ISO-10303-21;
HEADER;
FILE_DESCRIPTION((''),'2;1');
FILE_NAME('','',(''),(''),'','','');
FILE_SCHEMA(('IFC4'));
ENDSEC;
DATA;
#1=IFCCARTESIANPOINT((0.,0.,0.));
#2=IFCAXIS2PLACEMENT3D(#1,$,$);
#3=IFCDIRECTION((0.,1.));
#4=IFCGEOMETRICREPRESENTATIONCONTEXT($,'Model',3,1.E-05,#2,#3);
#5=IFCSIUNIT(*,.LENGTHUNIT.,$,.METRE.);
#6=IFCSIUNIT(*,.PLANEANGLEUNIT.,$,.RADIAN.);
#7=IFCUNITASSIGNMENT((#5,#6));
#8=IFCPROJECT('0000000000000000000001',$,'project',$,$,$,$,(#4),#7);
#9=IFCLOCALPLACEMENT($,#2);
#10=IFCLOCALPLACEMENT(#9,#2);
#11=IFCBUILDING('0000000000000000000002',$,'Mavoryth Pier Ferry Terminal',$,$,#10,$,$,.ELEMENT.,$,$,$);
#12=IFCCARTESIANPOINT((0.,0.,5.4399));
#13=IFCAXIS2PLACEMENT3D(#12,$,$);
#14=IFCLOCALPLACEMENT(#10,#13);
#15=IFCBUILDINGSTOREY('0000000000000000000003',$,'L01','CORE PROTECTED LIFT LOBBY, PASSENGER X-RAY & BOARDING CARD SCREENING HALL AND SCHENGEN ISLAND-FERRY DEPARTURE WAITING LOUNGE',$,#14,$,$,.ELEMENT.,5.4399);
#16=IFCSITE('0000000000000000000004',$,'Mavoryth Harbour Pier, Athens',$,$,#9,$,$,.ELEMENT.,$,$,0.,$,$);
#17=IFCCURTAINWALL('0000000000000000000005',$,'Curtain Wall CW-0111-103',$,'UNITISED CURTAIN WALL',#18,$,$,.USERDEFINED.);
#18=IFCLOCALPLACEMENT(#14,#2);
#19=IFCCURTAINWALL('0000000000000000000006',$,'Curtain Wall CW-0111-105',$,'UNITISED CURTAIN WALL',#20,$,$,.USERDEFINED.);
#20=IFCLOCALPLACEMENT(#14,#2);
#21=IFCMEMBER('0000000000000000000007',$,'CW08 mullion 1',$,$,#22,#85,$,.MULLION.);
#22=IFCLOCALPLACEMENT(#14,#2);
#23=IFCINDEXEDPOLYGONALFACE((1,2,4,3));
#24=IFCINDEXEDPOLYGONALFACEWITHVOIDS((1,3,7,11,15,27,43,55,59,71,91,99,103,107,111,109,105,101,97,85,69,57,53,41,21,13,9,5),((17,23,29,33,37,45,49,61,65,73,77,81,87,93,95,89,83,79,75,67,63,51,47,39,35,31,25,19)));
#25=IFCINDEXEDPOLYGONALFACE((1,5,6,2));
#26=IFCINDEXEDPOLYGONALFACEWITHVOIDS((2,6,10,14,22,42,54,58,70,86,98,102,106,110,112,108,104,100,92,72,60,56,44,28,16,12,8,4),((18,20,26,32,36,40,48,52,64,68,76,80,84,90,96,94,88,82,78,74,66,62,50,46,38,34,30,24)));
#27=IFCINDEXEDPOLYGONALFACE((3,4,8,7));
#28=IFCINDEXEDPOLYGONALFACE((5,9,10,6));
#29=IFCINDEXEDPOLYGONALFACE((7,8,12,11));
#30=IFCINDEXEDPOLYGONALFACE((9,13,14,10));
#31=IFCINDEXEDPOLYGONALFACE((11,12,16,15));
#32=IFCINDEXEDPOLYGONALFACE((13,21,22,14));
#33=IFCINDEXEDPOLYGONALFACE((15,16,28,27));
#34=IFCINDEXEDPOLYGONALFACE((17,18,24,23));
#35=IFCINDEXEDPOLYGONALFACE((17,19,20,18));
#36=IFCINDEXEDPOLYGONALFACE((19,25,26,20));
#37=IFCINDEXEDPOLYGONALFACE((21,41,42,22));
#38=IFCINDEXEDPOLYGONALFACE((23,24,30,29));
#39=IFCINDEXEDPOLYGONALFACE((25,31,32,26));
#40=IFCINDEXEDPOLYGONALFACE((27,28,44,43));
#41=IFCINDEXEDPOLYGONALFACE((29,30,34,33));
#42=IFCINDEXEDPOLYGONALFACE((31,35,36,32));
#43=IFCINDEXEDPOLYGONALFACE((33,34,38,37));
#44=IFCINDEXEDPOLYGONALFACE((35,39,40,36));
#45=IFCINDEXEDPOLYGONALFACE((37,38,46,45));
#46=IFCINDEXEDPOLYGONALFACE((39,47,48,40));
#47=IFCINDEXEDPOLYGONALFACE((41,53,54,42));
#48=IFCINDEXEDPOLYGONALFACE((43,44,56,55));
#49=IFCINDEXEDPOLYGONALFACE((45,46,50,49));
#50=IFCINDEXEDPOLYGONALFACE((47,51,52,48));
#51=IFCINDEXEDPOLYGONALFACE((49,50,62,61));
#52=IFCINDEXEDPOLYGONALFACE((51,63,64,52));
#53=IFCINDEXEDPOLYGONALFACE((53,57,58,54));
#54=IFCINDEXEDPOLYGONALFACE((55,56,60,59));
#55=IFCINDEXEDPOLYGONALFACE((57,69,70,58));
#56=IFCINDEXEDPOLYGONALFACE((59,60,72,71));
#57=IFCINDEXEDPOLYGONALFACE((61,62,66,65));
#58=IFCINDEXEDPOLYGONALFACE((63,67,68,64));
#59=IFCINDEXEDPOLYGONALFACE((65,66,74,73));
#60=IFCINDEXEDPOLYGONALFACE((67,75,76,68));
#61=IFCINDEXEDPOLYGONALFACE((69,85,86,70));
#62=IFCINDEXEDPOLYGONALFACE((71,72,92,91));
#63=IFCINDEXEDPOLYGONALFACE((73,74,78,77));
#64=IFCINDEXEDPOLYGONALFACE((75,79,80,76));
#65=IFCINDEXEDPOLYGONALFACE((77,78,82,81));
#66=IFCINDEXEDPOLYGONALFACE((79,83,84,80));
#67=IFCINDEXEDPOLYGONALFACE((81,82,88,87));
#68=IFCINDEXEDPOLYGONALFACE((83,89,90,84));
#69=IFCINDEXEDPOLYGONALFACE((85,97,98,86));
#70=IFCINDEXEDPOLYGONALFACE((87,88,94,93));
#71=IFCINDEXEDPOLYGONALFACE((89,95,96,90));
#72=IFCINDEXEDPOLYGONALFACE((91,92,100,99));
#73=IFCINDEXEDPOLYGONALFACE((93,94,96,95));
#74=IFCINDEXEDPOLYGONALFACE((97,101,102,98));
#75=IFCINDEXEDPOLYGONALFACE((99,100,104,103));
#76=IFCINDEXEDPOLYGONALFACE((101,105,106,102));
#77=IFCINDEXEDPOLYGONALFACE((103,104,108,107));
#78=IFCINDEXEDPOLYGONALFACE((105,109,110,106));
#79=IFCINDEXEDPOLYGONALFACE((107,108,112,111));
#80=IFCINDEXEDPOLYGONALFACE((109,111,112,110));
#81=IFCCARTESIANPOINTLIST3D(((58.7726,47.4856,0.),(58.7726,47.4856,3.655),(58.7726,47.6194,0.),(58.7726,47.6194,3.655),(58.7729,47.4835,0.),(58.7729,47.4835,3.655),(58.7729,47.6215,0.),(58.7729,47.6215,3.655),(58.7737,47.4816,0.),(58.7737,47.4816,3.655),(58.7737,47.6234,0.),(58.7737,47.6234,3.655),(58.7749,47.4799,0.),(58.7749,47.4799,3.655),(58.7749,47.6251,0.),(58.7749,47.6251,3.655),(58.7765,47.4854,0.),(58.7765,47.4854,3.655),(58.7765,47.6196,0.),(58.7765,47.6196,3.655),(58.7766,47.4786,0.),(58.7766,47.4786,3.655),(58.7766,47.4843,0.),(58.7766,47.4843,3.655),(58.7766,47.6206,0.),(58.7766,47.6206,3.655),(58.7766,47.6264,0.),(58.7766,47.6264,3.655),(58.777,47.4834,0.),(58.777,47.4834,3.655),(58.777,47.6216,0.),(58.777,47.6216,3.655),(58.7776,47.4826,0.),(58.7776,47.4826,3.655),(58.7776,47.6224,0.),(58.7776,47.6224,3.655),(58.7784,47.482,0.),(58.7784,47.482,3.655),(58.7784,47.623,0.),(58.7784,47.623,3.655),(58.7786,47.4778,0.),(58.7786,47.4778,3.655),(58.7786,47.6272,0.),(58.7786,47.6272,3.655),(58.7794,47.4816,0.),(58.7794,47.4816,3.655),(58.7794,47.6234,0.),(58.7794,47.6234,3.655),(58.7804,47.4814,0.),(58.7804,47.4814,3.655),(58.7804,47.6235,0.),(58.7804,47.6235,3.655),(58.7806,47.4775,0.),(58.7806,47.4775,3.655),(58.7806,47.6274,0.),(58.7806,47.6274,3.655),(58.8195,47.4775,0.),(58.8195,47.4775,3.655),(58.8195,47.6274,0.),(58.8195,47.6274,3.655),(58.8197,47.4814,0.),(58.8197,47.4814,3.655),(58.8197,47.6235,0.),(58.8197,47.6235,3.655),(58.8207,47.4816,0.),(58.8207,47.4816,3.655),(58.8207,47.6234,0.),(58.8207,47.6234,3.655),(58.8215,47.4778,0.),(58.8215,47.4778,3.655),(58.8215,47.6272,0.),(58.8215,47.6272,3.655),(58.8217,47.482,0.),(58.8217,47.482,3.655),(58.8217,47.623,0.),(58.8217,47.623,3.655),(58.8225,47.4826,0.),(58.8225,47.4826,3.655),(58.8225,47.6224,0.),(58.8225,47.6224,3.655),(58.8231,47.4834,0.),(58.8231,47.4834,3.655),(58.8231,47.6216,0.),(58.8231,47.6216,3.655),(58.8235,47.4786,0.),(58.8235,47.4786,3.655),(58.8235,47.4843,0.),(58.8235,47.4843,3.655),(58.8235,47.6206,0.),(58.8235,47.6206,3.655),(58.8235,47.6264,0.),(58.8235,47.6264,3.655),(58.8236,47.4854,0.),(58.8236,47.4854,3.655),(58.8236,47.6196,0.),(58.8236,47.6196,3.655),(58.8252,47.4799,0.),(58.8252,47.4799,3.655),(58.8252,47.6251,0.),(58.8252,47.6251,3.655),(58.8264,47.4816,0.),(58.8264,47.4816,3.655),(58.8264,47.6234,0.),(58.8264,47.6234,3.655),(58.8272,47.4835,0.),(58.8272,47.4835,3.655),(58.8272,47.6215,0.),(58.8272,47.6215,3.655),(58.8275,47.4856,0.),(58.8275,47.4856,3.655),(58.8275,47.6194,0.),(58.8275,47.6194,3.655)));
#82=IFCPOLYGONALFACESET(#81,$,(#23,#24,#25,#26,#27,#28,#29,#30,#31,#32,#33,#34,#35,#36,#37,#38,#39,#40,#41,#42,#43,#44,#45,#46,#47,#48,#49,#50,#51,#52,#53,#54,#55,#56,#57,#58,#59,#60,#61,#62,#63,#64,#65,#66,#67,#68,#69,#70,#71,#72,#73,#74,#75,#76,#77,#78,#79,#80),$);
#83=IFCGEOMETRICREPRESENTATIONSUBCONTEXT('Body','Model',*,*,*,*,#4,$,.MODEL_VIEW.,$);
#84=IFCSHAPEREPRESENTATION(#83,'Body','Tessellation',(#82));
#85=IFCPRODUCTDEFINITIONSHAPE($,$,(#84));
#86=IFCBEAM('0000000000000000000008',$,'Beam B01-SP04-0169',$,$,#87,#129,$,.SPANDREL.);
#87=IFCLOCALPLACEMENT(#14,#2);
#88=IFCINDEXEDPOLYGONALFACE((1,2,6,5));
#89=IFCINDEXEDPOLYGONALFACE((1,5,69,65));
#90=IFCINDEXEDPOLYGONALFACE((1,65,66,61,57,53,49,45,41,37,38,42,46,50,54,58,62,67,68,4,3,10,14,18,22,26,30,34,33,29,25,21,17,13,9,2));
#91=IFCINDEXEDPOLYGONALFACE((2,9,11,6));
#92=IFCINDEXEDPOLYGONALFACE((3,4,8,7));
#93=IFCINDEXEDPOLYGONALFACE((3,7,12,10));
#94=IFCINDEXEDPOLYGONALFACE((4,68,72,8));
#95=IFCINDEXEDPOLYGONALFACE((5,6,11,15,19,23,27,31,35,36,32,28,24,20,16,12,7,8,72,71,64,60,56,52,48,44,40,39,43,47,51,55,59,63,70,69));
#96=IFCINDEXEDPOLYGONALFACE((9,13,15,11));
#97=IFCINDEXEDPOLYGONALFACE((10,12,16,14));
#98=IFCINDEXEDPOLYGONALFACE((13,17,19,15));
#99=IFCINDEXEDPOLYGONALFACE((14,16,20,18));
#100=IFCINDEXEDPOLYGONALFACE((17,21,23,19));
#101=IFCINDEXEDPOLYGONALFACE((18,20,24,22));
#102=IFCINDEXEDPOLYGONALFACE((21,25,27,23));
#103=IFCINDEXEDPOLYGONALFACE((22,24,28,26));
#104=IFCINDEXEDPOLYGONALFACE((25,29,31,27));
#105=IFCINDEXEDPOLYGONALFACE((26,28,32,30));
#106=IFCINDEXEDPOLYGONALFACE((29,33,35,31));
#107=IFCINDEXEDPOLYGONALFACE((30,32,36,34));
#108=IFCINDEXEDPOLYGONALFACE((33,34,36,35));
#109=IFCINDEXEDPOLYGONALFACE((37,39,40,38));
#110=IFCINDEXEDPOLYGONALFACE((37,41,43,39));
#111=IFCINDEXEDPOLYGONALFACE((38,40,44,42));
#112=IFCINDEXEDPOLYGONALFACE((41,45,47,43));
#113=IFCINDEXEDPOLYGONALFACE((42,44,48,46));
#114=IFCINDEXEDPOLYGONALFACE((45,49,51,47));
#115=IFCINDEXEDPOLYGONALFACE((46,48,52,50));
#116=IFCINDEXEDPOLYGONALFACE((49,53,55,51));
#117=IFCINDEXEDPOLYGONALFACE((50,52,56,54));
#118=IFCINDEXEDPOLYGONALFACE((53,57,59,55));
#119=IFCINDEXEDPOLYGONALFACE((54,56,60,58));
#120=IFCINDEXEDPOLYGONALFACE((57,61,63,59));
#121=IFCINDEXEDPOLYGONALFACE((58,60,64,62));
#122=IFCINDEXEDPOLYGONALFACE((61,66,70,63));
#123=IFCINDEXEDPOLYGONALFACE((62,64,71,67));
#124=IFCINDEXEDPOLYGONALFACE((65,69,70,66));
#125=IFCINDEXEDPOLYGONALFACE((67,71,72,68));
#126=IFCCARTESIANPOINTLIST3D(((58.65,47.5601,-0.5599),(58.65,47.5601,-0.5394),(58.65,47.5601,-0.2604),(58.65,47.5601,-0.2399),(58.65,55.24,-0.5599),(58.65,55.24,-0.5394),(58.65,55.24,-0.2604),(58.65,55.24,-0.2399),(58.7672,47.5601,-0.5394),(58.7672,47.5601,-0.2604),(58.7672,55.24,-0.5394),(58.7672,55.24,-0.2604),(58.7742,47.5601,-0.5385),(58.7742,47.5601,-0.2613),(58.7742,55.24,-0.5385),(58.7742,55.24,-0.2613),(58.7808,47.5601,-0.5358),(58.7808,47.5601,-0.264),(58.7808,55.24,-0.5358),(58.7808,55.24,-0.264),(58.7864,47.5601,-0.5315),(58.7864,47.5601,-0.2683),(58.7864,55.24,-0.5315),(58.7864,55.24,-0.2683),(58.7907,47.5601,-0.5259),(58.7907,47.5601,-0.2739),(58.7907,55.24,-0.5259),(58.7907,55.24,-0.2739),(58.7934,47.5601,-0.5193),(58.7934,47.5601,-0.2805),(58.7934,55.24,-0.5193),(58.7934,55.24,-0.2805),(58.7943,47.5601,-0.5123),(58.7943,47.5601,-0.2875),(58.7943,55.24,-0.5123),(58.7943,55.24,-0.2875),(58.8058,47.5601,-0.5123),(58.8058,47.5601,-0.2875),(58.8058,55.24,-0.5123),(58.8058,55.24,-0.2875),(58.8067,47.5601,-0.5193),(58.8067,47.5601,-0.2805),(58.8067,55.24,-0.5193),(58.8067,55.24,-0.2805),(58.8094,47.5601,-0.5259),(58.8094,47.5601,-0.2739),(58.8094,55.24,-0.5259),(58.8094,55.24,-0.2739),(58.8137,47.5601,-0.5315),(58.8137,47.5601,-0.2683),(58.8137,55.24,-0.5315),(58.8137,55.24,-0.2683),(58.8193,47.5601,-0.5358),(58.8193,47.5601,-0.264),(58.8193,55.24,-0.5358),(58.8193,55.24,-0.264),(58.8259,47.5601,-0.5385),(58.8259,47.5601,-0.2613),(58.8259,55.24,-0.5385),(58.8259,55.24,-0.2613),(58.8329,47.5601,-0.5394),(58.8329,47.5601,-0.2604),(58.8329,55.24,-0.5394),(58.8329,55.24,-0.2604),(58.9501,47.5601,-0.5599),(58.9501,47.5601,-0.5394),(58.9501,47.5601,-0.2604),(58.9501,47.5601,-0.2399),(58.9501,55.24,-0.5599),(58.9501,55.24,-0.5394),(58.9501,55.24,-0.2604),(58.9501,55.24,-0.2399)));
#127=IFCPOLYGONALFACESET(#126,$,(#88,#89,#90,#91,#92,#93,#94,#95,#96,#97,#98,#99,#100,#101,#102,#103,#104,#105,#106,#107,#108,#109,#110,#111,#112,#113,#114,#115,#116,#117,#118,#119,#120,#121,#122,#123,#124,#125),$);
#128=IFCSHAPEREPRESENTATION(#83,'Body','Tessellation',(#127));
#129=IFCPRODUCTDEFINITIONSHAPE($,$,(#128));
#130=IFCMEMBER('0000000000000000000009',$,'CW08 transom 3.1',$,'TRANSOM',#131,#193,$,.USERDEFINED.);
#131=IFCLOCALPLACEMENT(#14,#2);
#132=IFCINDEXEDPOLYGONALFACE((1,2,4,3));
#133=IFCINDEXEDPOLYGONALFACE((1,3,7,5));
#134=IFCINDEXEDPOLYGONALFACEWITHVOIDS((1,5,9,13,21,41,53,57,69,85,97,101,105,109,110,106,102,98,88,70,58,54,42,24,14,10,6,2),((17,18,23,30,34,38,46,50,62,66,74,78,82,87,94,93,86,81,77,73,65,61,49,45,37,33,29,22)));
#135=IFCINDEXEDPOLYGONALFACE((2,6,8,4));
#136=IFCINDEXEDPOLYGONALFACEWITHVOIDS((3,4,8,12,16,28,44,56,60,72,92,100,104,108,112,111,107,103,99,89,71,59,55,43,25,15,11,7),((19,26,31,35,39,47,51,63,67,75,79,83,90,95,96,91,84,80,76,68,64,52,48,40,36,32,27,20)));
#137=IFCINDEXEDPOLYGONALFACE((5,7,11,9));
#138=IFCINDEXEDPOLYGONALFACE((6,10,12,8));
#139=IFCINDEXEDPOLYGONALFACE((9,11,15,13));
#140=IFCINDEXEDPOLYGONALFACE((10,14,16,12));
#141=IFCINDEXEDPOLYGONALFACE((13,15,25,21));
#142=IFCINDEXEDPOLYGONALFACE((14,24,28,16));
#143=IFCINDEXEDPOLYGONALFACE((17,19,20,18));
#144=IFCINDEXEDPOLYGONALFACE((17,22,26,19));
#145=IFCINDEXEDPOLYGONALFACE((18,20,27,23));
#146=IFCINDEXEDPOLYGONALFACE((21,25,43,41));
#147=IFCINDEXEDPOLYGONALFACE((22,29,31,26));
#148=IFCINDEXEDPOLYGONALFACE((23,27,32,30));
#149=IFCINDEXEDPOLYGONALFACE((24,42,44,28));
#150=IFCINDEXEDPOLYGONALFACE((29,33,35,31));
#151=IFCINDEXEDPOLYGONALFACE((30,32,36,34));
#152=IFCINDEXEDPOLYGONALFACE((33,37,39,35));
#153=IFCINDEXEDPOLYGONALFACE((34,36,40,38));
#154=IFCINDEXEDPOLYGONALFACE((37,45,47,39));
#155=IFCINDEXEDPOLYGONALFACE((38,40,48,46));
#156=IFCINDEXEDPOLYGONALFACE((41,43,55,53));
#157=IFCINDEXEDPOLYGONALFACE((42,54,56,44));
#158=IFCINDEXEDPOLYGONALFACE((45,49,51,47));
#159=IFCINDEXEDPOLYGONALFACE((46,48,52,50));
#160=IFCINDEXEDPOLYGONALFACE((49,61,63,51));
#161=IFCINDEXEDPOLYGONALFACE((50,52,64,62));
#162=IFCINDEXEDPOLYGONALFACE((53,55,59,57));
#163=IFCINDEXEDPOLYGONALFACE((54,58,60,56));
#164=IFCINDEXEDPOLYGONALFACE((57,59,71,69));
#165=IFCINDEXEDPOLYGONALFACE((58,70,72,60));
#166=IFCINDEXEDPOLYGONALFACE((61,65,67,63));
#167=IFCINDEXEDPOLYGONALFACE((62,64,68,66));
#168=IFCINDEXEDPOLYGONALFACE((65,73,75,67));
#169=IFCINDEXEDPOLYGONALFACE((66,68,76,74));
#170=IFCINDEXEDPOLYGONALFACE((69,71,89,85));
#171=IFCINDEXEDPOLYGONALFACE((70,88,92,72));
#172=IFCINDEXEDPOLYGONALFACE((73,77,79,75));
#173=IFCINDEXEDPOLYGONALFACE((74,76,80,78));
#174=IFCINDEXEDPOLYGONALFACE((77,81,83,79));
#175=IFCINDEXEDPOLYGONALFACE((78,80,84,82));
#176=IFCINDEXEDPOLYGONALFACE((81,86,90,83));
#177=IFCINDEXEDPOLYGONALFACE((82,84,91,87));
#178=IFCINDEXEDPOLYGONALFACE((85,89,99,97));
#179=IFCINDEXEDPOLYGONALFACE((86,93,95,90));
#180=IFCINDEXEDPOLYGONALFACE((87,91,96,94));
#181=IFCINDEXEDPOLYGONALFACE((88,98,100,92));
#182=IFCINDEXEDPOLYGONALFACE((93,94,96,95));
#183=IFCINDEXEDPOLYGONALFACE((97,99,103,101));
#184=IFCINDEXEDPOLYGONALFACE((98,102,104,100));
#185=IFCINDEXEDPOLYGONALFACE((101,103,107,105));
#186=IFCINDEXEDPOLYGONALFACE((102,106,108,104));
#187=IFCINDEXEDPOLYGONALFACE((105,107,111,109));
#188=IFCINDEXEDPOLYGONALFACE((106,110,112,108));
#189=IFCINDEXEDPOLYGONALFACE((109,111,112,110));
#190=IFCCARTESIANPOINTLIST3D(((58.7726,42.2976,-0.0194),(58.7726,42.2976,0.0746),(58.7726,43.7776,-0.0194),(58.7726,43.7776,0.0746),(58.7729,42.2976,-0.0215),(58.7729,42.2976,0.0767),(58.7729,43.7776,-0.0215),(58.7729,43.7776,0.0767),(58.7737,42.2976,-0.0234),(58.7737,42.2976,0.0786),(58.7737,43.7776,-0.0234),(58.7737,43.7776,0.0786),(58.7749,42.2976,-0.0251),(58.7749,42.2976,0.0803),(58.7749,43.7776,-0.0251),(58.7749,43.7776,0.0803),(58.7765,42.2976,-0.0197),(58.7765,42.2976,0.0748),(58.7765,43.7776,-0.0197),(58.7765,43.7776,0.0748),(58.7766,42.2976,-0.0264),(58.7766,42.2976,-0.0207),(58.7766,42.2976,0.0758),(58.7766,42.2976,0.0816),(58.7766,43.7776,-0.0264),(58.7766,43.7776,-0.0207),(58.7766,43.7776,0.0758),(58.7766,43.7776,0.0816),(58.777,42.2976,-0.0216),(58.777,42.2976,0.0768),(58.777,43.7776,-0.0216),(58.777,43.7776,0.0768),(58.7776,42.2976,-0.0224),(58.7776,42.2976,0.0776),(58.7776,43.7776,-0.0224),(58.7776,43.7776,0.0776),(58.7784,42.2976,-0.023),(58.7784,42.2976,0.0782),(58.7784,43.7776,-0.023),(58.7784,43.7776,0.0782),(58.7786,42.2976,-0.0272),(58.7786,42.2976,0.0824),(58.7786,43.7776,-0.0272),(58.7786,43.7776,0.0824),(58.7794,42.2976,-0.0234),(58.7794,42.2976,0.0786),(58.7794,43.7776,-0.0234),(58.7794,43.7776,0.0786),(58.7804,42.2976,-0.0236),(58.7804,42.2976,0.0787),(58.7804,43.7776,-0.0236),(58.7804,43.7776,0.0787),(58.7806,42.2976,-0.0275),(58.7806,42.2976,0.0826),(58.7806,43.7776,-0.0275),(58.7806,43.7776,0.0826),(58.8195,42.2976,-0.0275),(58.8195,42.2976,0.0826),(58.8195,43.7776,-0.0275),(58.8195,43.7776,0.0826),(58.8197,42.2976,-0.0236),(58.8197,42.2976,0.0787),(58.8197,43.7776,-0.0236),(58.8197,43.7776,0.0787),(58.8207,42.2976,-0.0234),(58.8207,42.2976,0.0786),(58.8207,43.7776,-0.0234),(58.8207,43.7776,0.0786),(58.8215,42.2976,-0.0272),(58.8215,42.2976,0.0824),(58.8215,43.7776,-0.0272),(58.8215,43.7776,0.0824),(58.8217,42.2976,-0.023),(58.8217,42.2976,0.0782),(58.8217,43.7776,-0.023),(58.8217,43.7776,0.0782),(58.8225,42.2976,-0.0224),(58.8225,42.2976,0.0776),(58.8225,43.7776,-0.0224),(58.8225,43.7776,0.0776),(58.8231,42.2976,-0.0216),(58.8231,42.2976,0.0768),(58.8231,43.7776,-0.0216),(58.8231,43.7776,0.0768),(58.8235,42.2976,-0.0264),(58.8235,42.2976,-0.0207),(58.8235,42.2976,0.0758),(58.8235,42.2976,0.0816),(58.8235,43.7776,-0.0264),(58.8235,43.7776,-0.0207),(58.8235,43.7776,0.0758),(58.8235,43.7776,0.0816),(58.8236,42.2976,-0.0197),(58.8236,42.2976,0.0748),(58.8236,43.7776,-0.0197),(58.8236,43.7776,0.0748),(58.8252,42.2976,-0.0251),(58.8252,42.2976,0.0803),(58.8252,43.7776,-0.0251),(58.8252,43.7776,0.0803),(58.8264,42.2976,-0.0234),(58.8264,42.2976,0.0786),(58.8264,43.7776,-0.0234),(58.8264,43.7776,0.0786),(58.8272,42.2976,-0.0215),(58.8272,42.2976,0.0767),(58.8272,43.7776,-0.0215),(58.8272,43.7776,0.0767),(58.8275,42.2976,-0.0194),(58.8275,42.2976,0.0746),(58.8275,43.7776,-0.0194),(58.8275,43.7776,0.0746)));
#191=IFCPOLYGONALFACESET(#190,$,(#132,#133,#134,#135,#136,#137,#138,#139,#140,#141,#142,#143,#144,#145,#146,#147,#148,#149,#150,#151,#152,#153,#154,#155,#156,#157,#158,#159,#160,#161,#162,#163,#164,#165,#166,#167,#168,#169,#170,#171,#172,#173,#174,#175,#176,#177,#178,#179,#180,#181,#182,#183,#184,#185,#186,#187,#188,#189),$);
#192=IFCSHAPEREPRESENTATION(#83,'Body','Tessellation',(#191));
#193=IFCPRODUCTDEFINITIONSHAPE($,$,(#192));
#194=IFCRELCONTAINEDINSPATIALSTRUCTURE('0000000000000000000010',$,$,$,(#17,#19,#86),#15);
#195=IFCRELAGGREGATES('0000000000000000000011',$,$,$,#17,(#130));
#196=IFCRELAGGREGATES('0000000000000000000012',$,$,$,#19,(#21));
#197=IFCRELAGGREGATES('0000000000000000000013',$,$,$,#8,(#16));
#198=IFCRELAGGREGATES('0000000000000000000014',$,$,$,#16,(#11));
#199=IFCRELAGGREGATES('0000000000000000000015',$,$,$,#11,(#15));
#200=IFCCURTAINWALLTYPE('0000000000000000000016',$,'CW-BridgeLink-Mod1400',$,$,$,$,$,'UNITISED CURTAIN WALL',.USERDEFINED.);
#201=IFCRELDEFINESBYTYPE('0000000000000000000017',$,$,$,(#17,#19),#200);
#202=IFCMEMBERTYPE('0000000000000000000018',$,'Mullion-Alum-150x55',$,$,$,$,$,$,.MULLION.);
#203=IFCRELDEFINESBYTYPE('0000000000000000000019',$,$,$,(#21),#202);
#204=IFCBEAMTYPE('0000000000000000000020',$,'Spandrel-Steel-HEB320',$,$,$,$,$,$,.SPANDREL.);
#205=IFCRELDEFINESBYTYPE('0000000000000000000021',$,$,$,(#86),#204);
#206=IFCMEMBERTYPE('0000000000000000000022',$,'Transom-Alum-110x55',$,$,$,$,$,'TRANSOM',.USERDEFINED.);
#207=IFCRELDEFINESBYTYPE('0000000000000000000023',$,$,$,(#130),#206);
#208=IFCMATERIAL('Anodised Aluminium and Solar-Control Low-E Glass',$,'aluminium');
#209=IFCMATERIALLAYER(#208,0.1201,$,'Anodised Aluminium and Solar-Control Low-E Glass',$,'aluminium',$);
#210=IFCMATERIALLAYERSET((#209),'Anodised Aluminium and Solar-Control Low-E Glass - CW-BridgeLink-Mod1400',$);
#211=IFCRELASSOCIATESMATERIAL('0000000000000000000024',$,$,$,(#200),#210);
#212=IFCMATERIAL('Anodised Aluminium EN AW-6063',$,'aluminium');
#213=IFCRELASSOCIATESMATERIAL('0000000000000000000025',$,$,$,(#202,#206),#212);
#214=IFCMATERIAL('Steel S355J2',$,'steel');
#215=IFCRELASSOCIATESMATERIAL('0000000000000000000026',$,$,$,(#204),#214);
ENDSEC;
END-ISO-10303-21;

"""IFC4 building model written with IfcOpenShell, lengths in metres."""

from ifc_helpers import new_model, si_unit, direction, frame, origin, origin_2d, place, context, subcontext, project, spatial, hollow_rectangle, i_section, extrude, material, layer, layer_set, material_profile, profile_set, type_object, element, aggregate, save


model = new_model("IFC4")

# Units and contexts
model_context = context("Model", 3, precision=1e-05, world=origin(), true_north=direction((0.0, 1.0)))
body_context = subcontext(model_context, "Body", "Model", "MODEL_VIEW")
ifc_project = project(units=[si_unit("LENGTHUNIT", "METRE"), si_unit("PLANEANGLEUNIT", "RADIAN")], contexts=[model_context])

# Site, building, storey
site_placement = place(None, origin())
site = spatial("IfcSite", under=ifc_project, at=site_placement, Name="Mavoryth Harbour Pier, Athens", CompositionType="ELEMENT", RefElevation=0.0)
building_placement = place(site_placement, origin())
building = spatial("IfcBuilding", under=site, at=building_placement, Name="Mavoryth Pier Ferry Terminal", CompositionType="ELEMENT")
storey_placement = place(building_placement, frame((0.0, 0.0, 5.4399)))
storey = spatial("IfcBuildingStorey", under=building, at=storey_placement, Name="L01", Description="CORE PROTECTED LIFT LOBBY, PASSENGER X-RAY & BOARDING CARD SCREENING HALL AND SCHENGEN ISLAND-FERRY DEPARTURE WAITING LOUNGE", CompositionType="ELEMENT", Elevation=5.4399)

# Shared definitions
ifc_material_1 = material(Name="Steel S355J2", Category="steel")

# Curtain wall
ifc_material_2 = material(Name="Anodised Aluminium and Solar-Control Low-E Glass", Category="aluminium")
ifc_layer_1 = layer(ifc_material_2, 0.1201, Name="Anodised Aluminium and Solar-Control Low-E Glass", Category="aluminium")
ifc_layer_set_1 = layer_set([ifc_layer_1], Name="Anodised Aluminium and Solar-Control Low-E Glass - CW-BridgeLink-Mod1400")
curtain_wall_type = type_object("IfcCurtainWallType", Name="CW-BridgeLink-Mod1400", ElementType="UNITISED CURTAIN WALL", PredefinedType="USERDEFINED", material=ifc_layer_set_1)
curtain_wall_1_placement = place(storey_placement, origin())
curtain_wall_1 = element("IfcCurtainWall", 1, at=curtain_wall_1_placement, inside=storey, type_object=curtain_wall_type, Name="Curtain Wall CW-0111-103", ObjectType="UNITISED CURTAIN WALL", PredefinedType="USERDEFINED")
ifc_material_3 = material(Name="Anodised Aluminium EN AW-6063", Category="aluminium")
ifc_material_profile_1 = material_profile(ifc_material_3, hollow_rectangle(XDim=0.0549, YDim=0.1499, WallThickness=0.0039, InnerFilletRadius=0.0039, OuterFilletRadius=0.0081, at=origin_2d()), Name="AL-MULL 150x55x4", Category="aluminium")
ifc_profile_set_1 = profile_set([ifc_material_profile_1], Name="Anodised Aluminium EN AW-6063 - AL-MULL 150x55x4")
member_type_1 = type_object("IfcMemberType", Name="Mullion-Alum-150x55", PredefinedType="MULLION", material=ifc_profile_set_1)

# Curtain wall, member
curtain_wall_2_placement = place(storey_placement, origin())
curtain_wall_2 = element("IfcCurtainWall", 2, at=curtain_wall_2_placement, inside=storey, type_object=curtain_wall_type, Name="Curtain Wall CW-0111-105", ObjectType="UNITISED CURTAIN WALL", PredefinedType="USERDEFINED")
member_1_placement = place(storey_placement, frame((58.8, 47.5525, 0.0), z_axis=(0.0, 0.0, 1.0), x_axis=(-1.0, 0.0, 0.0)))
member_1 = element("IfcMember", 3, at=member_1_placement, type_object=member_type_1, Name="CW08 mullion 1", PredefinedType="MULLION", context=body_context, shape_type="SweptSolid", body=[
    extrude(hollow_rectangle(XDim=0.0549, YDim=0.1499, WallThickness=0.0039, InnerFilletRadius=0.0039, OuterFilletRadius=0.0081, at=origin_2d()), origin(), (0.0, 0.0, 1.0), 3.655),
])

# Beam
ifc_material_profile_2 = material_profile(ifc_material_1, i_section(OverallWidth=0.3, OverallDepth=0.3201, WebThickness=0.0115, FlangeThickness=0.0205, FilletRadius=0.0271, at=origin_2d()), Name="HEB 320", Category="steel")
ifc_profile_set_2 = profile_set([ifc_material_profile_2], Name="Steel S355J2 - HEB 320")
beam_type_1 = type_object("IfcBeamType", Name="Spandrel-Steel-HEB320", PredefinedType="SPANDREL", material=ifc_profile_set_2)
beam_placement = place(storey_placement, frame((58.8, 47.5601, -0.3999), z_axis=(0.0, 1.0, 0.0), x_axis=(-1.0, 0.0, 0.0)))
element("IfcBeam", 4, at=beam_placement, inside=storey, type_object=beam_type_1, Name="Beam B01-SP04-0169", PredefinedType="SPANDREL", context=body_context, shape_type="SweptSolid", body=[
    extrude(i_section(OverallWidth=0.3, OverallDepth=0.3201, WebThickness=0.0115, FlangeThickness=0.0205, FilletRadius=0.0271, at=origin_2d()), origin(), (0.0, 0.0, 1.0), 7.6799),
])

# Member
ifc_material_profile_3 = material_profile(ifc_material_3, hollow_rectangle(XDim=0.0549, YDim=0.1101, WallThickness=0.0039, InnerFilletRadius=0.0039, OuterFilletRadius=0.0081, at=origin_2d()), Name="AL-TRAN 110x55x4", Category="aluminium")
ifc_profile_set_3 = profile_set([ifc_material_profile_3], Name="Anodised Aluminium EN AW-6063 - AL-TRAN 110x55x4")
member_type_2 = type_object("IfcMemberType", Name="Transom-Alum-110x55", ElementType="TRANSOM", PredefinedType="USERDEFINED", material=ifc_profile_set_3)
member_2_placement = place(storey_placement, frame((58.8, 42.2976, 0.0276), z_axis=(0.0, 1.0, 0.0), x_axis=(-1.0, 0.0, 0.0)))
member_2 = element("IfcMember", 5, at=member_2_placement, type_object=member_type_2, Name="CW08 transom 3.1", ObjectType="TRANSOM", PredefinedType="USERDEFINED", context=body_context, shape_type="SweptSolid", body=[
    extrude(hollow_rectangle(XDim=0.0549, YDim=0.1101, WallThickness=0.0039, InnerFilletRadius=0.0039, OuterFilletRadius=0.0081, at=origin_2d()), origin(), (0.0, 0.0, 1.0), 1.48),
])

aggregate(curtain_wall_1, [member_2])
aggregate(curtain_wall_2, [member_1])

save(model, "model.ifc")
